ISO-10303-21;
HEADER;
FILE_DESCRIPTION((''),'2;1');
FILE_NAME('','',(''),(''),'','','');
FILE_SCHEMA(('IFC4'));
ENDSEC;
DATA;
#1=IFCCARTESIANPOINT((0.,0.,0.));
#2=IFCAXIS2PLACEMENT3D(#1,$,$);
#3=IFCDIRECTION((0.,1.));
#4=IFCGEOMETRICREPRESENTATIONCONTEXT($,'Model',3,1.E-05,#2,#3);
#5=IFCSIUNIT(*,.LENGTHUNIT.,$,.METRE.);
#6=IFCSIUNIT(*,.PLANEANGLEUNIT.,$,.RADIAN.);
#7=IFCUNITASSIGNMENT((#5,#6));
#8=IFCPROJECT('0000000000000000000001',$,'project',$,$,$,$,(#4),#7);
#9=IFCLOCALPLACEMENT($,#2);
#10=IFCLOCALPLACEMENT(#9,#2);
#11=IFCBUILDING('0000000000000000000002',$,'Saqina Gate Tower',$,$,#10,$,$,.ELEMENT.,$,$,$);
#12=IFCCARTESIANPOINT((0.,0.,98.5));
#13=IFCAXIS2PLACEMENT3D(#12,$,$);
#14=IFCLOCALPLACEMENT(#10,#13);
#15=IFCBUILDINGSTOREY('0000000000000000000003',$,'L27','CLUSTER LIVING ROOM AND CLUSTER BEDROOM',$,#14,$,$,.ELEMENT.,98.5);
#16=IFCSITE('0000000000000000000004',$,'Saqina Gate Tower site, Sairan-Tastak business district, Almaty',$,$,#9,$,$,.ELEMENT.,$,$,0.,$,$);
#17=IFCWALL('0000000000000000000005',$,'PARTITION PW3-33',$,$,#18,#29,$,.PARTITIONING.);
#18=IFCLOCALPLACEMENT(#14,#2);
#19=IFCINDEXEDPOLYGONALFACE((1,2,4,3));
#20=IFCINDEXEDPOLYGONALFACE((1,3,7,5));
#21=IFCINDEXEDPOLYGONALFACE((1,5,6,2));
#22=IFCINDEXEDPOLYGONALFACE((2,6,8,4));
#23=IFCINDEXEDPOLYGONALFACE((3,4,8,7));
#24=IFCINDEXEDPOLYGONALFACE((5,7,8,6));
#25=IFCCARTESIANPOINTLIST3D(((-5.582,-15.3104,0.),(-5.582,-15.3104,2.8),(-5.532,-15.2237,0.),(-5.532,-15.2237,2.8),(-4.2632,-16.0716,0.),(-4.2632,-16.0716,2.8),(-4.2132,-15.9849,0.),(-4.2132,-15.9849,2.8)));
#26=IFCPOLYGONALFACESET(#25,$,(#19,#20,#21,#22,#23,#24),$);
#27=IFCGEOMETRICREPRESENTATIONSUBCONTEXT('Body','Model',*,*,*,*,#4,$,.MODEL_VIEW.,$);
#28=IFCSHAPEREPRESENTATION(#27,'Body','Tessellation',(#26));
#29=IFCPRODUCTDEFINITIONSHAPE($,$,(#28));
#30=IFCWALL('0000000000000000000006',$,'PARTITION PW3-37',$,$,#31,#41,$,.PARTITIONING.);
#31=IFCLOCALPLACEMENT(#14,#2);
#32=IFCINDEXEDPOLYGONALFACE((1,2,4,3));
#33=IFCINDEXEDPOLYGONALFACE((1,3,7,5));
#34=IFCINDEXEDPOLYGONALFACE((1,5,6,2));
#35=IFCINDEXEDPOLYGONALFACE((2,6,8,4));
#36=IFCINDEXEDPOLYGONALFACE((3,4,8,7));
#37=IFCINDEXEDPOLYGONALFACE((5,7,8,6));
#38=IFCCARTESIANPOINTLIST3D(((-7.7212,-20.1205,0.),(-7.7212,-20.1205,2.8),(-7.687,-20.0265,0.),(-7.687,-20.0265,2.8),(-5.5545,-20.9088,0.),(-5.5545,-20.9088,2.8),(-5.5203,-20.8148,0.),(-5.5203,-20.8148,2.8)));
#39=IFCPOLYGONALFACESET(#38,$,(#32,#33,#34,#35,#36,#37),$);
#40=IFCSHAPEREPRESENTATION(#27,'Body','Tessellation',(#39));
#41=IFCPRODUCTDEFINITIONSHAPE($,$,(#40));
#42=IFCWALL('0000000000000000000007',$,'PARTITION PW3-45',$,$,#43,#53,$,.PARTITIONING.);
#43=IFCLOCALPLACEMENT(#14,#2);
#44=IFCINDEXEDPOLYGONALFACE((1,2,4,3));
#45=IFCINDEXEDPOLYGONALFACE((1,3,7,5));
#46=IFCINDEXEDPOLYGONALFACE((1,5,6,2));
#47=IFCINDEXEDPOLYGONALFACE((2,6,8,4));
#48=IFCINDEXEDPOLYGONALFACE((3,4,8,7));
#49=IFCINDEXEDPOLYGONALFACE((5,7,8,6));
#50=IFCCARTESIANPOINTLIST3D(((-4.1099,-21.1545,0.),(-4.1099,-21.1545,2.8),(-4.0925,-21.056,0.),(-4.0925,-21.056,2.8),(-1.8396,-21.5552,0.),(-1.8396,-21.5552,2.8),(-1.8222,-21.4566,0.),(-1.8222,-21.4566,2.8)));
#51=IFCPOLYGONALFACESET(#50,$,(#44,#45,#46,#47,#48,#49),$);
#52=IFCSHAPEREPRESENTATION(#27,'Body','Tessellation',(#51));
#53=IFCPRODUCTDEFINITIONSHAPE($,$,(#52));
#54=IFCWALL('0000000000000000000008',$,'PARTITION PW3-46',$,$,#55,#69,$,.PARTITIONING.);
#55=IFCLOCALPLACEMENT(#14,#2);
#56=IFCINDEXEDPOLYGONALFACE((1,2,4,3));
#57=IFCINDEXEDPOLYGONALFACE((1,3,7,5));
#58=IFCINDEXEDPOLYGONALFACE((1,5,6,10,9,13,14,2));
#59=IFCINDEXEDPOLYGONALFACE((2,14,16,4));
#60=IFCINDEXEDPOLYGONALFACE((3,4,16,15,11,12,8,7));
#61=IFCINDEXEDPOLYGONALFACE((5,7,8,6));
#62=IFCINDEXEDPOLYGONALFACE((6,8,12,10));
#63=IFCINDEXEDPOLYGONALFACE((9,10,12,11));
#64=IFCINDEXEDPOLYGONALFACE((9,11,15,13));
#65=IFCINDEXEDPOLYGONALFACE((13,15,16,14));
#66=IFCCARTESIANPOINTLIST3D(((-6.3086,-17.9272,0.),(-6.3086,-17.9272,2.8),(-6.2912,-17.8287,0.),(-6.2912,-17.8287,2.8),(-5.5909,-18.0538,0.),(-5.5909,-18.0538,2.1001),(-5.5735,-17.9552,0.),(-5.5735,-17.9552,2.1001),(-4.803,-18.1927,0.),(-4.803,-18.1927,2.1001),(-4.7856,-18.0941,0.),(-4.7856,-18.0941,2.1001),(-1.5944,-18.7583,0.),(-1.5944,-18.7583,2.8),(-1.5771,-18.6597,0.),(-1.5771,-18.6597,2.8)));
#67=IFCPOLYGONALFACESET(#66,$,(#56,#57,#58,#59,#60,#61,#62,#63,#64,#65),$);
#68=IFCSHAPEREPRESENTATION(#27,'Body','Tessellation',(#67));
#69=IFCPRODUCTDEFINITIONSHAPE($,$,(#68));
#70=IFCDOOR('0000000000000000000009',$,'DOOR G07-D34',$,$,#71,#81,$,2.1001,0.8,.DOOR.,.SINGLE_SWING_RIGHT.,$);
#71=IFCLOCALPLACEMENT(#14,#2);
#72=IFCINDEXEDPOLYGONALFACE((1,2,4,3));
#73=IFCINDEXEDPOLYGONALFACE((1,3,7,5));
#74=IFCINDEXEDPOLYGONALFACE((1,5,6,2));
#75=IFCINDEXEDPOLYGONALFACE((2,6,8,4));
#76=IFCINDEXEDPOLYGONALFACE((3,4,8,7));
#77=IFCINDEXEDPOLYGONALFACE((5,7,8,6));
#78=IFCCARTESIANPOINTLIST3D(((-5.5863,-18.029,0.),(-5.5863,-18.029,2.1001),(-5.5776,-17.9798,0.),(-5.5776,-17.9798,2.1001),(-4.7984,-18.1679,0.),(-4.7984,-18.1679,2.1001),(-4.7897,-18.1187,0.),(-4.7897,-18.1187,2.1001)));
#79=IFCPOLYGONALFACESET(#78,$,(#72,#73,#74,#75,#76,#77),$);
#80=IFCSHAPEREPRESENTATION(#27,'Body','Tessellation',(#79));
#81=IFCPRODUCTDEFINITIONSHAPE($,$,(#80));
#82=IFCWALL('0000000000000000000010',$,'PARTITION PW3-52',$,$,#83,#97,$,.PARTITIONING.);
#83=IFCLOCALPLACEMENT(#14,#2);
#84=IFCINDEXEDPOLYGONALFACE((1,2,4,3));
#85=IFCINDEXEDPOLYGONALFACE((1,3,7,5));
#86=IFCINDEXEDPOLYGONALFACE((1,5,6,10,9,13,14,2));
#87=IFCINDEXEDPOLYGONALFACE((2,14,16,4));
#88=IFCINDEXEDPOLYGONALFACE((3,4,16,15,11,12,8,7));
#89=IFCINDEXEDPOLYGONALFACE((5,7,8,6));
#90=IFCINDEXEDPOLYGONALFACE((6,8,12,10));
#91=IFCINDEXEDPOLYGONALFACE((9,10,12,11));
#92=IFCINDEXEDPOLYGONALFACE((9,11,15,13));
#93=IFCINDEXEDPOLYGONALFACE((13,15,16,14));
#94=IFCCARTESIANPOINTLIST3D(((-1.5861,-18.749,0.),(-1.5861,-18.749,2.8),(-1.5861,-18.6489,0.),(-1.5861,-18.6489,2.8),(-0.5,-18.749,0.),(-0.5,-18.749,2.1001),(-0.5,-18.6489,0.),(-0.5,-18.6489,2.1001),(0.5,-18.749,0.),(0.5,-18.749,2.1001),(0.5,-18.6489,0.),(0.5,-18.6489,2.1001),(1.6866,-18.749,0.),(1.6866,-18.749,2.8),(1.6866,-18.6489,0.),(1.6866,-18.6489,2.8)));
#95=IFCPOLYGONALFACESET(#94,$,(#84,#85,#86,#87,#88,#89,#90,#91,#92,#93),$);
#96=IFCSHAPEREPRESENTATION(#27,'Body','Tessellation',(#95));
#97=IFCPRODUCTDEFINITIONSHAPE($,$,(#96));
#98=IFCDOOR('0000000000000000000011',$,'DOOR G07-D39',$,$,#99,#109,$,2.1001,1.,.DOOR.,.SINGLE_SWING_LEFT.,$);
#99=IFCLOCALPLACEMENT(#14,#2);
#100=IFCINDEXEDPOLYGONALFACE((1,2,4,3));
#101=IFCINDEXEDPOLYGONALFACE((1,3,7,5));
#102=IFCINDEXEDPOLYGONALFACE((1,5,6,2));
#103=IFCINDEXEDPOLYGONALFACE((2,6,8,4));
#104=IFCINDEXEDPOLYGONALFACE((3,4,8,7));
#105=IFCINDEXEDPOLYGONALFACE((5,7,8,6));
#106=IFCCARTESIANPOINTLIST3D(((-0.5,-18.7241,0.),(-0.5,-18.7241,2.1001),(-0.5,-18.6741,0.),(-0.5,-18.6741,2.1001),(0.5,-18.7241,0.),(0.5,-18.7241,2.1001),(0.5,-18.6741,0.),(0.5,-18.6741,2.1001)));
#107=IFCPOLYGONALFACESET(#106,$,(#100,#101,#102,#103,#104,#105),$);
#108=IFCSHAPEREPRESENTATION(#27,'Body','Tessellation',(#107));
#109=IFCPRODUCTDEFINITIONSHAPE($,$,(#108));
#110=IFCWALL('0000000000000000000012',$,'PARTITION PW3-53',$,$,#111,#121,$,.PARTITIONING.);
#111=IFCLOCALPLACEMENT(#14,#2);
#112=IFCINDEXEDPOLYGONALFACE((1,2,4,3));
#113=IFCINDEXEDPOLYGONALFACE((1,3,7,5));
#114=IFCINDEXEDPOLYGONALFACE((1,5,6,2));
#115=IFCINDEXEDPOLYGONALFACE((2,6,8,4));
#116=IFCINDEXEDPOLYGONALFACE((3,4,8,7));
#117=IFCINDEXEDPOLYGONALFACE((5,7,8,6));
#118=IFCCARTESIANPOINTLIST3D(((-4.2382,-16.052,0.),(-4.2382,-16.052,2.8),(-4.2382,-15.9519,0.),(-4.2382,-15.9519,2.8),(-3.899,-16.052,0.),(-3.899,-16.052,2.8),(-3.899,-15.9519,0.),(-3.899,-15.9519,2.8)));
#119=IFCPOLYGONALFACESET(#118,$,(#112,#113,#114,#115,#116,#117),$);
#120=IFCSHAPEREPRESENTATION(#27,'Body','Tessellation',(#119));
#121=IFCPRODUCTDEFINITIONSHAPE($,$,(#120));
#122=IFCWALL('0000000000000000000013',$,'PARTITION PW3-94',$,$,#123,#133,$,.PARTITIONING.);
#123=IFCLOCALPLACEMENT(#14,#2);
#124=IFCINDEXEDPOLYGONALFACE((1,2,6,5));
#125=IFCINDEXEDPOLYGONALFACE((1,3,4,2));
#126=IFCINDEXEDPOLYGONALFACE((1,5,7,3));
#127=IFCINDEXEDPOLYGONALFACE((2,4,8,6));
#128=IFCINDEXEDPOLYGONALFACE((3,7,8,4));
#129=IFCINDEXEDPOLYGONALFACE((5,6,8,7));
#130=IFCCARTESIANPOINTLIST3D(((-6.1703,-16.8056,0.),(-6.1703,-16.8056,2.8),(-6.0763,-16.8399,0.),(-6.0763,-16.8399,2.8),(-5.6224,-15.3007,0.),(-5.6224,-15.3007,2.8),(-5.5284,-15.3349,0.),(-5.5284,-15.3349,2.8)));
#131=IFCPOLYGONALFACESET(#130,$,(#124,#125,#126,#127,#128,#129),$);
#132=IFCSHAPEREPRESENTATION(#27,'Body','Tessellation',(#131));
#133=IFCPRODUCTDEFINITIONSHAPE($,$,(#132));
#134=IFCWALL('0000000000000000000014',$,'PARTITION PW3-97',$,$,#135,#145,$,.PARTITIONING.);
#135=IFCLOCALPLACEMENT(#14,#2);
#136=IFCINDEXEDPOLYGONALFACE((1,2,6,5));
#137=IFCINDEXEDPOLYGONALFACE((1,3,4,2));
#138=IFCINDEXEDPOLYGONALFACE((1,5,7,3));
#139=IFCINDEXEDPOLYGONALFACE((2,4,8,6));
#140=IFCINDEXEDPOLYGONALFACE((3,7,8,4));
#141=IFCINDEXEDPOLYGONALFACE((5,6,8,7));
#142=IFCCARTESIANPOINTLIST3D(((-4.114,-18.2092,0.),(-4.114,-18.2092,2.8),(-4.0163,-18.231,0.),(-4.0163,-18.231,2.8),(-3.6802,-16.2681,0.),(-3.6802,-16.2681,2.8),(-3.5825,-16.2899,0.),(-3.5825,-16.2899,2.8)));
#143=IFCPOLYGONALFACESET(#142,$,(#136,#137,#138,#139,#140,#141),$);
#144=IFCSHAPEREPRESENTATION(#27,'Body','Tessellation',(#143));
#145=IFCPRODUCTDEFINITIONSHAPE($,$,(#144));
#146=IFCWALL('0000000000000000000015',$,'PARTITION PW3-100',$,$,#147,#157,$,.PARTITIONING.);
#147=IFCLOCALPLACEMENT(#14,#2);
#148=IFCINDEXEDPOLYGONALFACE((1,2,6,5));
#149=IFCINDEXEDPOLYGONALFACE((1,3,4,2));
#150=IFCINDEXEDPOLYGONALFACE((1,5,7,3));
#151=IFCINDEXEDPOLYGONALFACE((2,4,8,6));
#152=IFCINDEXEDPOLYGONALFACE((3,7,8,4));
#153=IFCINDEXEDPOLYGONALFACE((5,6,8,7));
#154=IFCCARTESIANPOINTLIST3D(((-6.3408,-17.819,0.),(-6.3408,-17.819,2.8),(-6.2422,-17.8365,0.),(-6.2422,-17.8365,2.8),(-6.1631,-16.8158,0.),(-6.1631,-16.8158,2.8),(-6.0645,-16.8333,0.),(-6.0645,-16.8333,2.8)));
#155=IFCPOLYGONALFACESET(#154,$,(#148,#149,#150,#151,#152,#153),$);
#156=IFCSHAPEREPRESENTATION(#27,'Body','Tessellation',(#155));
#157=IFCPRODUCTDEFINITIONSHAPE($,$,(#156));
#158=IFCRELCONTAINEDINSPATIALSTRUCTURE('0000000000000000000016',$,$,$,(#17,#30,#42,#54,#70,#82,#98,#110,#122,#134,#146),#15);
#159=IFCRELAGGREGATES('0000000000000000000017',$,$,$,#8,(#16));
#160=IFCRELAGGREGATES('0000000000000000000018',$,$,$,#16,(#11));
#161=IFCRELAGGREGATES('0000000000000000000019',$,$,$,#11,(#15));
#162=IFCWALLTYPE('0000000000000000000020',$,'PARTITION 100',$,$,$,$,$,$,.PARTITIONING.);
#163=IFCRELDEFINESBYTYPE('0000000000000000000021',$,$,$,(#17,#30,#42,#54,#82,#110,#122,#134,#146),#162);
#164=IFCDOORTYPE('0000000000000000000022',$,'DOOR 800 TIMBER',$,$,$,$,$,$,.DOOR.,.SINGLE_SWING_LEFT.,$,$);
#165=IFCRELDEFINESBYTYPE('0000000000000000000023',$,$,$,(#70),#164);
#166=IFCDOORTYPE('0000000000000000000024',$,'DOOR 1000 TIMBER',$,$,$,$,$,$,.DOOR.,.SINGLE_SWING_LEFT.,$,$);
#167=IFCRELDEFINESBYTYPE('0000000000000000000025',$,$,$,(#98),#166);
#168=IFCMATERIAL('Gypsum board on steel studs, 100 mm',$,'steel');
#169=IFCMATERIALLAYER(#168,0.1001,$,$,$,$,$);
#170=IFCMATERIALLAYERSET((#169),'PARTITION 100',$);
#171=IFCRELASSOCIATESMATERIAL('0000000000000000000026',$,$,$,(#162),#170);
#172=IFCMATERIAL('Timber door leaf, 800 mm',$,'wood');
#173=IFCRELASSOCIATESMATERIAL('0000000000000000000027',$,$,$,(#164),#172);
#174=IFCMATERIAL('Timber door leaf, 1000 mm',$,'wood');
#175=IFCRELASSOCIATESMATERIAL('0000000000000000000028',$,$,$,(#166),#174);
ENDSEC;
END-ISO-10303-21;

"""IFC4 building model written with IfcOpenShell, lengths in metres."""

from ifc_helpers import new_model, si_unit, direction, frame, frame_2d, origin, place, context, subcontext, project, spatial, rectangle, extrude, material, layer, layer_set, type_object, element, fill, save


model = new_model("IFC4")

# Units and contexts
model_context = context("Model", 3, precision=1e-05, world=origin(), true_north=direction((0.0, 1.0)))
body_context = subcontext(model_context, "Body", "Model", "MODEL_VIEW")
ifc_project = project(units=[si_unit("LENGTHUNIT", "METRE"), si_unit("PLANEANGLEUNIT", "RADIAN")], contexts=[model_context])

# Site, building, storey
site_placement = place(None, origin())
site = spatial("IfcSite", under=ifc_project, at=site_placement, Name="Saqina Gate Tower site, Sairan-Tastak business district, Almaty", CompositionType="ELEMENT", RefElevation=0.0)
building_placement = place(site_placement, origin())
building = spatial("IfcBuilding", under=site, at=building_placement, Name="Saqina Gate Tower", CompositionType="ELEMENT")
storey_placement = place(building_placement, frame((0.0, 0.0, 98.5)))
storey = spatial("IfcBuildingStorey", under=building, at=storey_placement, Name="L27", Description="CLUSTER LIVING ROOM AND CLUSTER BEDROOM", CompositionType="ELEMENT", Elevation=98.5)

# Walls
ifc_material_1 = material(Name="Gypsum board on steel studs, 100 mm", Category="steel")
ifc_layer_1 = layer(ifc_material_1, 0.1001)
ifc_layer_set_1 = layer_set([ifc_layer_1], Name="PARTITION 100")
wall_type_1 = type_object("IfcWallType", Name="PARTITION 100", PredefinedType="PARTITIONING", material=ifc_layer_set_1)
wall_1_placement = place(storey_placement, frame((-5.5569, -15.2671, 0.0), z_axis=(0.0, 0.0, 1.0), x_axis=(0.866084, -0.499898, 0.0)))
element("IfcWall", 1, at=wall_1_placement, inside=storey, type_object=wall_type_1, Name="PARTITION PW3-33", PredefinedType="PARTITIONING", context=body_context, shape_type="SweptSolid", body=[
    extrude(rectangle(XDim=1.5227, YDim=0.1001, at=frame_2d((0.7612, 0.0))), origin(), (0.0, 0.0, 1.0), 2.8),
])
wall_2_placement = place(storey_placement, frame((-7.7041, -20.0735, 0.0), z_axis=(0.0, 0.0, 1.0), x_axis=(0.939735, -0.341905, 0.0)))
element("IfcWall", 2, at=wall_2_placement, inside=storey, type_object=wall_type_1, Name="PARTITION PW3-37", PredefinedType="PARTITIONING", context=body_context, shape_type="SweptSolid", body=[
    extrude(rectangle(XDim=2.3057, YDim=0.1001, at=frame_2d((1.1528, 0.0))), origin(), (0.0, 0.0, 1.0), 2.8),
])
wall_3_placement = place(storey_placement, frame((-4.1013, -21.1052, 0.0), z_axis=(0.0, 0.0, 1.0), x_axis=(0.984784, -0.173785, 0.0)))
element("IfcWall", 3, at=wall_3_placement, inside=storey, type_object=wall_type_1, Name="PARTITION PW3-45", PredefinedType="PARTITIONING", context=body_context, shape_type="SweptSolid", body=[
    extrude(rectangle(XDim=2.3054, YDim=0.1001, at=frame_2d((1.1528, 0.0))), origin(), (0.0, 0.0, 1.0), 2.8),
])

# Walls, openings, doors
wall_4_placement = place(storey_placement, frame((-6.3, -17.8779, 0.0), z_axis=(0.0, 0.0, 1.0), x_axis=(0.984814, -0.173614, 0.0)))
wall_4 = element("IfcWall", 4, at=wall_4_placement, inside=storey, type_object=wall_type_1, Name="PARTITION PW3-46", PredefinedType="PARTITIONING", context=body_context, shape_type="SweptSolid", body=[
    extrude(rectangle(XDim=4.7869, YDim=0.1001, at=frame_2d((2.3936, 0.0))), origin(), (0.0, 0.0, 1.0), 2.8),
])
opening_1_placement = place(wall_4_placement, frame((0.729, 0.0, 0.0)))
opening_1 = element("IfcOpeningElement", 5, at=opening_1_placement, cuts=wall_4, PredefinedType="OPENING", context=body_context, shape_type="SweptSolid", body=[
    extrude(rectangle(XDim=0.8, YDim=2.1001, at=frame_2d((0.3999, 1.05))), frame((0.0, 0.062, 0.0), z_axis=(0.0, -1.0, 0.0), x_axis=(1.0, 0.0, 0.0)), (0.0, 0.0, 1.0), 0.124),
])
ifc_material_2 = material(Name="Timber door leaf, 800 mm", Category="wood")
door_type_1 = type_object("IfcDoorType", Name="DOOR 800 TIMBER", OperationType="SINGLE_SWING_LEFT", PredefinedType="DOOR", material=ifc_material_2)
door_1_placement = place(opening_1_placement, frame((0.8, 0.0, 0.0), z_axis=(0.0, 0.0, 1.0), x_axis=(-1.0, 0.0, 0.0)))
door_1 = element("IfcDoor", 6, at=door_1_placement, inside=storey, type_object=door_type_1, Name="DOOR G07-D34", OperationType="SINGLE_SWING_RIGHT", OverallHeight=2.1001, OverallWidth=0.8, PredefinedType="DOOR", context=body_context, shape_type="SweptSolid", body=[
    extrude(rectangle(XDim=0.8, YDim=2.1001, at=frame_2d((0.3999, 1.05))), frame((0.0, 0.0249, 0.0), z_axis=(0.0, -1.0, 0.0), x_axis=(1.0, 0.0, 0.0)), (0.0, 0.0, 1.0), 0.05),
])
fill(opening_1, door_1)
wall_5_placement = place(storey_placement, frame((-1.5859, -18.699, 0.0), z_axis=(0.0, 0.0, 1.0), x_axis=(1.0, 0.0, 0.0)))
wall_5 = element("IfcWall", 7, at=wall_5_placement, inside=storey, type_object=wall_type_1, Name="PARTITION PW3-52", PredefinedType="PARTITIONING", context=body_context, shape_type="SweptSolid", body=[
    extrude(rectangle(XDim=3.2727, YDim=0.1001, at=frame_2d((1.6362, 0.0))), origin(), (0.0, 0.0, 1.0), 2.8),
])
opening_2_placement = place(wall_5_placement, frame((1.0859, 0.0, 0.0)))
opening_2 = element("IfcOpeningElement", 8, at=opening_2_placement, cuts=wall_5, PredefinedType="OPENING", context=body_context, shape_type="SweptSolid", body=[
    extrude(rectangle(XDim=1.0, YDim=2.1001, at=frame_2d((0.5, 1.05))), frame((0.0, 0.062, 0.0), z_axis=(0.0, -1.0, 0.0), x_axis=(1.0, 0.0, 0.0)), (0.0, 0.0, 1.0), 0.124),
])
ifc_material_3 = material(Name="Timber door leaf, 1000 mm", Category="wood")
door_type_2 = type_object("IfcDoorType", Name="DOOR 1000 TIMBER", OperationType="SINGLE_SWING_LEFT", PredefinedType="DOOR", material=ifc_material_3)
door_2_placement = place(opening_2_placement, origin())
door_2 = element("IfcDoor", 9, at=door_2_placement, inside=storey, type_object=door_type_2, Name="DOOR G07-D39", OperationType="SINGLE_SWING_LEFT", OverallHeight=2.1001, OverallWidth=1.0, PredefinedType="DOOR", context=body_context, shape_type="SweptSolid", body=[
    extrude(rectangle(XDim=1.0, YDim=2.1001, at=frame_2d((0.5, 1.05))), frame((0.0, 0.0249, 0.0), z_axis=(0.0, -1.0, 0.0), x_axis=(1.0, 0.0, 0.0)), (0.0, 0.0, 1.0), 0.05),
])
fill(opening_2, door_2)

# Walls
wall_6_placement = place(storey_placement, frame((-4.238, -16.002, 0.0), z_axis=(0.0, 0.0, 1.0), x_axis=(1.0, 0.0, 0.0)))
element("IfcWall", 10, at=wall_6_placement, inside=storey, type_object=wall_type_1, Name="PARTITION PW3-53", PredefinedType="PARTITIONING", context=body_context, shape_type="SweptSolid", body=[
    extrude(rectangle(XDim=0.3391, YDim=0.1001, at=frame_2d((0.1694, 0.0))), origin(), (0.0, 0.0, 1.0), 2.8),
])
wall_7_placement = place(storey_placement, frame((-6.1233, -16.8228, 0.0), z_axis=(0.0, 0.0, 1.0), x_axis=(0.342086, 0.939669, 0.0)))
element("IfcWall", 11, at=wall_7_placement, inside=storey, type_object=wall_type_1, Name="PARTITION PW3-94", PredefinedType="PARTITIONING", context=body_context, shape_type="SweptSolid", body=[
    extrude(rectangle(XDim=1.6016, YDim=0.1001, at=frame_2d((0.8008, 0.0))), origin(), (0.0, 0.0, 1.0), 2.8),
])
wall_8_placement = place(storey_placement, frame((-4.0652, -18.2202, 0.0), z_axis=(0.0, 0.0, 1.0), x_axis=(0.218113, 0.975924, 0.0)))
element("IfcWall", 12, at=wall_8_placement, inside=storey, type_object=wall_type_1, Name="PARTITION PW3-97", PredefinedType="PARTITIONING", context=body_context, shape_type="SweptSolid", body=[
    extrude(rectangle(XDim=1.989, YDim=0.1001, at=frame_2d((0.9946, 0.0))), origin(), (0.0, 0.0, 1.0), 2.8),
])
wall_9_placement = place(storey_placement, frame((-6.2915, -17.8276, 0.0), z_axis=(0.0, 0.0, 1.0), x_axis=(0.174455, 0.984665, 0.0)))
element("IfcWall", 13, at=wall_9_placement, inside=storey, type_object=wall_type_1, Name="PARTITION PW3-100", PredefinedType="PARTITIONING", context=body_context, shape_type="SweptSolid", body=[
    extrude(rectangle(XDim=1.0188, YDim=0.1001, at=frame_2d((0.5093, 0.0))), origin(), (0.0, 0.0, 1.0), 2.8),
])

save(model, "model.ifc")
